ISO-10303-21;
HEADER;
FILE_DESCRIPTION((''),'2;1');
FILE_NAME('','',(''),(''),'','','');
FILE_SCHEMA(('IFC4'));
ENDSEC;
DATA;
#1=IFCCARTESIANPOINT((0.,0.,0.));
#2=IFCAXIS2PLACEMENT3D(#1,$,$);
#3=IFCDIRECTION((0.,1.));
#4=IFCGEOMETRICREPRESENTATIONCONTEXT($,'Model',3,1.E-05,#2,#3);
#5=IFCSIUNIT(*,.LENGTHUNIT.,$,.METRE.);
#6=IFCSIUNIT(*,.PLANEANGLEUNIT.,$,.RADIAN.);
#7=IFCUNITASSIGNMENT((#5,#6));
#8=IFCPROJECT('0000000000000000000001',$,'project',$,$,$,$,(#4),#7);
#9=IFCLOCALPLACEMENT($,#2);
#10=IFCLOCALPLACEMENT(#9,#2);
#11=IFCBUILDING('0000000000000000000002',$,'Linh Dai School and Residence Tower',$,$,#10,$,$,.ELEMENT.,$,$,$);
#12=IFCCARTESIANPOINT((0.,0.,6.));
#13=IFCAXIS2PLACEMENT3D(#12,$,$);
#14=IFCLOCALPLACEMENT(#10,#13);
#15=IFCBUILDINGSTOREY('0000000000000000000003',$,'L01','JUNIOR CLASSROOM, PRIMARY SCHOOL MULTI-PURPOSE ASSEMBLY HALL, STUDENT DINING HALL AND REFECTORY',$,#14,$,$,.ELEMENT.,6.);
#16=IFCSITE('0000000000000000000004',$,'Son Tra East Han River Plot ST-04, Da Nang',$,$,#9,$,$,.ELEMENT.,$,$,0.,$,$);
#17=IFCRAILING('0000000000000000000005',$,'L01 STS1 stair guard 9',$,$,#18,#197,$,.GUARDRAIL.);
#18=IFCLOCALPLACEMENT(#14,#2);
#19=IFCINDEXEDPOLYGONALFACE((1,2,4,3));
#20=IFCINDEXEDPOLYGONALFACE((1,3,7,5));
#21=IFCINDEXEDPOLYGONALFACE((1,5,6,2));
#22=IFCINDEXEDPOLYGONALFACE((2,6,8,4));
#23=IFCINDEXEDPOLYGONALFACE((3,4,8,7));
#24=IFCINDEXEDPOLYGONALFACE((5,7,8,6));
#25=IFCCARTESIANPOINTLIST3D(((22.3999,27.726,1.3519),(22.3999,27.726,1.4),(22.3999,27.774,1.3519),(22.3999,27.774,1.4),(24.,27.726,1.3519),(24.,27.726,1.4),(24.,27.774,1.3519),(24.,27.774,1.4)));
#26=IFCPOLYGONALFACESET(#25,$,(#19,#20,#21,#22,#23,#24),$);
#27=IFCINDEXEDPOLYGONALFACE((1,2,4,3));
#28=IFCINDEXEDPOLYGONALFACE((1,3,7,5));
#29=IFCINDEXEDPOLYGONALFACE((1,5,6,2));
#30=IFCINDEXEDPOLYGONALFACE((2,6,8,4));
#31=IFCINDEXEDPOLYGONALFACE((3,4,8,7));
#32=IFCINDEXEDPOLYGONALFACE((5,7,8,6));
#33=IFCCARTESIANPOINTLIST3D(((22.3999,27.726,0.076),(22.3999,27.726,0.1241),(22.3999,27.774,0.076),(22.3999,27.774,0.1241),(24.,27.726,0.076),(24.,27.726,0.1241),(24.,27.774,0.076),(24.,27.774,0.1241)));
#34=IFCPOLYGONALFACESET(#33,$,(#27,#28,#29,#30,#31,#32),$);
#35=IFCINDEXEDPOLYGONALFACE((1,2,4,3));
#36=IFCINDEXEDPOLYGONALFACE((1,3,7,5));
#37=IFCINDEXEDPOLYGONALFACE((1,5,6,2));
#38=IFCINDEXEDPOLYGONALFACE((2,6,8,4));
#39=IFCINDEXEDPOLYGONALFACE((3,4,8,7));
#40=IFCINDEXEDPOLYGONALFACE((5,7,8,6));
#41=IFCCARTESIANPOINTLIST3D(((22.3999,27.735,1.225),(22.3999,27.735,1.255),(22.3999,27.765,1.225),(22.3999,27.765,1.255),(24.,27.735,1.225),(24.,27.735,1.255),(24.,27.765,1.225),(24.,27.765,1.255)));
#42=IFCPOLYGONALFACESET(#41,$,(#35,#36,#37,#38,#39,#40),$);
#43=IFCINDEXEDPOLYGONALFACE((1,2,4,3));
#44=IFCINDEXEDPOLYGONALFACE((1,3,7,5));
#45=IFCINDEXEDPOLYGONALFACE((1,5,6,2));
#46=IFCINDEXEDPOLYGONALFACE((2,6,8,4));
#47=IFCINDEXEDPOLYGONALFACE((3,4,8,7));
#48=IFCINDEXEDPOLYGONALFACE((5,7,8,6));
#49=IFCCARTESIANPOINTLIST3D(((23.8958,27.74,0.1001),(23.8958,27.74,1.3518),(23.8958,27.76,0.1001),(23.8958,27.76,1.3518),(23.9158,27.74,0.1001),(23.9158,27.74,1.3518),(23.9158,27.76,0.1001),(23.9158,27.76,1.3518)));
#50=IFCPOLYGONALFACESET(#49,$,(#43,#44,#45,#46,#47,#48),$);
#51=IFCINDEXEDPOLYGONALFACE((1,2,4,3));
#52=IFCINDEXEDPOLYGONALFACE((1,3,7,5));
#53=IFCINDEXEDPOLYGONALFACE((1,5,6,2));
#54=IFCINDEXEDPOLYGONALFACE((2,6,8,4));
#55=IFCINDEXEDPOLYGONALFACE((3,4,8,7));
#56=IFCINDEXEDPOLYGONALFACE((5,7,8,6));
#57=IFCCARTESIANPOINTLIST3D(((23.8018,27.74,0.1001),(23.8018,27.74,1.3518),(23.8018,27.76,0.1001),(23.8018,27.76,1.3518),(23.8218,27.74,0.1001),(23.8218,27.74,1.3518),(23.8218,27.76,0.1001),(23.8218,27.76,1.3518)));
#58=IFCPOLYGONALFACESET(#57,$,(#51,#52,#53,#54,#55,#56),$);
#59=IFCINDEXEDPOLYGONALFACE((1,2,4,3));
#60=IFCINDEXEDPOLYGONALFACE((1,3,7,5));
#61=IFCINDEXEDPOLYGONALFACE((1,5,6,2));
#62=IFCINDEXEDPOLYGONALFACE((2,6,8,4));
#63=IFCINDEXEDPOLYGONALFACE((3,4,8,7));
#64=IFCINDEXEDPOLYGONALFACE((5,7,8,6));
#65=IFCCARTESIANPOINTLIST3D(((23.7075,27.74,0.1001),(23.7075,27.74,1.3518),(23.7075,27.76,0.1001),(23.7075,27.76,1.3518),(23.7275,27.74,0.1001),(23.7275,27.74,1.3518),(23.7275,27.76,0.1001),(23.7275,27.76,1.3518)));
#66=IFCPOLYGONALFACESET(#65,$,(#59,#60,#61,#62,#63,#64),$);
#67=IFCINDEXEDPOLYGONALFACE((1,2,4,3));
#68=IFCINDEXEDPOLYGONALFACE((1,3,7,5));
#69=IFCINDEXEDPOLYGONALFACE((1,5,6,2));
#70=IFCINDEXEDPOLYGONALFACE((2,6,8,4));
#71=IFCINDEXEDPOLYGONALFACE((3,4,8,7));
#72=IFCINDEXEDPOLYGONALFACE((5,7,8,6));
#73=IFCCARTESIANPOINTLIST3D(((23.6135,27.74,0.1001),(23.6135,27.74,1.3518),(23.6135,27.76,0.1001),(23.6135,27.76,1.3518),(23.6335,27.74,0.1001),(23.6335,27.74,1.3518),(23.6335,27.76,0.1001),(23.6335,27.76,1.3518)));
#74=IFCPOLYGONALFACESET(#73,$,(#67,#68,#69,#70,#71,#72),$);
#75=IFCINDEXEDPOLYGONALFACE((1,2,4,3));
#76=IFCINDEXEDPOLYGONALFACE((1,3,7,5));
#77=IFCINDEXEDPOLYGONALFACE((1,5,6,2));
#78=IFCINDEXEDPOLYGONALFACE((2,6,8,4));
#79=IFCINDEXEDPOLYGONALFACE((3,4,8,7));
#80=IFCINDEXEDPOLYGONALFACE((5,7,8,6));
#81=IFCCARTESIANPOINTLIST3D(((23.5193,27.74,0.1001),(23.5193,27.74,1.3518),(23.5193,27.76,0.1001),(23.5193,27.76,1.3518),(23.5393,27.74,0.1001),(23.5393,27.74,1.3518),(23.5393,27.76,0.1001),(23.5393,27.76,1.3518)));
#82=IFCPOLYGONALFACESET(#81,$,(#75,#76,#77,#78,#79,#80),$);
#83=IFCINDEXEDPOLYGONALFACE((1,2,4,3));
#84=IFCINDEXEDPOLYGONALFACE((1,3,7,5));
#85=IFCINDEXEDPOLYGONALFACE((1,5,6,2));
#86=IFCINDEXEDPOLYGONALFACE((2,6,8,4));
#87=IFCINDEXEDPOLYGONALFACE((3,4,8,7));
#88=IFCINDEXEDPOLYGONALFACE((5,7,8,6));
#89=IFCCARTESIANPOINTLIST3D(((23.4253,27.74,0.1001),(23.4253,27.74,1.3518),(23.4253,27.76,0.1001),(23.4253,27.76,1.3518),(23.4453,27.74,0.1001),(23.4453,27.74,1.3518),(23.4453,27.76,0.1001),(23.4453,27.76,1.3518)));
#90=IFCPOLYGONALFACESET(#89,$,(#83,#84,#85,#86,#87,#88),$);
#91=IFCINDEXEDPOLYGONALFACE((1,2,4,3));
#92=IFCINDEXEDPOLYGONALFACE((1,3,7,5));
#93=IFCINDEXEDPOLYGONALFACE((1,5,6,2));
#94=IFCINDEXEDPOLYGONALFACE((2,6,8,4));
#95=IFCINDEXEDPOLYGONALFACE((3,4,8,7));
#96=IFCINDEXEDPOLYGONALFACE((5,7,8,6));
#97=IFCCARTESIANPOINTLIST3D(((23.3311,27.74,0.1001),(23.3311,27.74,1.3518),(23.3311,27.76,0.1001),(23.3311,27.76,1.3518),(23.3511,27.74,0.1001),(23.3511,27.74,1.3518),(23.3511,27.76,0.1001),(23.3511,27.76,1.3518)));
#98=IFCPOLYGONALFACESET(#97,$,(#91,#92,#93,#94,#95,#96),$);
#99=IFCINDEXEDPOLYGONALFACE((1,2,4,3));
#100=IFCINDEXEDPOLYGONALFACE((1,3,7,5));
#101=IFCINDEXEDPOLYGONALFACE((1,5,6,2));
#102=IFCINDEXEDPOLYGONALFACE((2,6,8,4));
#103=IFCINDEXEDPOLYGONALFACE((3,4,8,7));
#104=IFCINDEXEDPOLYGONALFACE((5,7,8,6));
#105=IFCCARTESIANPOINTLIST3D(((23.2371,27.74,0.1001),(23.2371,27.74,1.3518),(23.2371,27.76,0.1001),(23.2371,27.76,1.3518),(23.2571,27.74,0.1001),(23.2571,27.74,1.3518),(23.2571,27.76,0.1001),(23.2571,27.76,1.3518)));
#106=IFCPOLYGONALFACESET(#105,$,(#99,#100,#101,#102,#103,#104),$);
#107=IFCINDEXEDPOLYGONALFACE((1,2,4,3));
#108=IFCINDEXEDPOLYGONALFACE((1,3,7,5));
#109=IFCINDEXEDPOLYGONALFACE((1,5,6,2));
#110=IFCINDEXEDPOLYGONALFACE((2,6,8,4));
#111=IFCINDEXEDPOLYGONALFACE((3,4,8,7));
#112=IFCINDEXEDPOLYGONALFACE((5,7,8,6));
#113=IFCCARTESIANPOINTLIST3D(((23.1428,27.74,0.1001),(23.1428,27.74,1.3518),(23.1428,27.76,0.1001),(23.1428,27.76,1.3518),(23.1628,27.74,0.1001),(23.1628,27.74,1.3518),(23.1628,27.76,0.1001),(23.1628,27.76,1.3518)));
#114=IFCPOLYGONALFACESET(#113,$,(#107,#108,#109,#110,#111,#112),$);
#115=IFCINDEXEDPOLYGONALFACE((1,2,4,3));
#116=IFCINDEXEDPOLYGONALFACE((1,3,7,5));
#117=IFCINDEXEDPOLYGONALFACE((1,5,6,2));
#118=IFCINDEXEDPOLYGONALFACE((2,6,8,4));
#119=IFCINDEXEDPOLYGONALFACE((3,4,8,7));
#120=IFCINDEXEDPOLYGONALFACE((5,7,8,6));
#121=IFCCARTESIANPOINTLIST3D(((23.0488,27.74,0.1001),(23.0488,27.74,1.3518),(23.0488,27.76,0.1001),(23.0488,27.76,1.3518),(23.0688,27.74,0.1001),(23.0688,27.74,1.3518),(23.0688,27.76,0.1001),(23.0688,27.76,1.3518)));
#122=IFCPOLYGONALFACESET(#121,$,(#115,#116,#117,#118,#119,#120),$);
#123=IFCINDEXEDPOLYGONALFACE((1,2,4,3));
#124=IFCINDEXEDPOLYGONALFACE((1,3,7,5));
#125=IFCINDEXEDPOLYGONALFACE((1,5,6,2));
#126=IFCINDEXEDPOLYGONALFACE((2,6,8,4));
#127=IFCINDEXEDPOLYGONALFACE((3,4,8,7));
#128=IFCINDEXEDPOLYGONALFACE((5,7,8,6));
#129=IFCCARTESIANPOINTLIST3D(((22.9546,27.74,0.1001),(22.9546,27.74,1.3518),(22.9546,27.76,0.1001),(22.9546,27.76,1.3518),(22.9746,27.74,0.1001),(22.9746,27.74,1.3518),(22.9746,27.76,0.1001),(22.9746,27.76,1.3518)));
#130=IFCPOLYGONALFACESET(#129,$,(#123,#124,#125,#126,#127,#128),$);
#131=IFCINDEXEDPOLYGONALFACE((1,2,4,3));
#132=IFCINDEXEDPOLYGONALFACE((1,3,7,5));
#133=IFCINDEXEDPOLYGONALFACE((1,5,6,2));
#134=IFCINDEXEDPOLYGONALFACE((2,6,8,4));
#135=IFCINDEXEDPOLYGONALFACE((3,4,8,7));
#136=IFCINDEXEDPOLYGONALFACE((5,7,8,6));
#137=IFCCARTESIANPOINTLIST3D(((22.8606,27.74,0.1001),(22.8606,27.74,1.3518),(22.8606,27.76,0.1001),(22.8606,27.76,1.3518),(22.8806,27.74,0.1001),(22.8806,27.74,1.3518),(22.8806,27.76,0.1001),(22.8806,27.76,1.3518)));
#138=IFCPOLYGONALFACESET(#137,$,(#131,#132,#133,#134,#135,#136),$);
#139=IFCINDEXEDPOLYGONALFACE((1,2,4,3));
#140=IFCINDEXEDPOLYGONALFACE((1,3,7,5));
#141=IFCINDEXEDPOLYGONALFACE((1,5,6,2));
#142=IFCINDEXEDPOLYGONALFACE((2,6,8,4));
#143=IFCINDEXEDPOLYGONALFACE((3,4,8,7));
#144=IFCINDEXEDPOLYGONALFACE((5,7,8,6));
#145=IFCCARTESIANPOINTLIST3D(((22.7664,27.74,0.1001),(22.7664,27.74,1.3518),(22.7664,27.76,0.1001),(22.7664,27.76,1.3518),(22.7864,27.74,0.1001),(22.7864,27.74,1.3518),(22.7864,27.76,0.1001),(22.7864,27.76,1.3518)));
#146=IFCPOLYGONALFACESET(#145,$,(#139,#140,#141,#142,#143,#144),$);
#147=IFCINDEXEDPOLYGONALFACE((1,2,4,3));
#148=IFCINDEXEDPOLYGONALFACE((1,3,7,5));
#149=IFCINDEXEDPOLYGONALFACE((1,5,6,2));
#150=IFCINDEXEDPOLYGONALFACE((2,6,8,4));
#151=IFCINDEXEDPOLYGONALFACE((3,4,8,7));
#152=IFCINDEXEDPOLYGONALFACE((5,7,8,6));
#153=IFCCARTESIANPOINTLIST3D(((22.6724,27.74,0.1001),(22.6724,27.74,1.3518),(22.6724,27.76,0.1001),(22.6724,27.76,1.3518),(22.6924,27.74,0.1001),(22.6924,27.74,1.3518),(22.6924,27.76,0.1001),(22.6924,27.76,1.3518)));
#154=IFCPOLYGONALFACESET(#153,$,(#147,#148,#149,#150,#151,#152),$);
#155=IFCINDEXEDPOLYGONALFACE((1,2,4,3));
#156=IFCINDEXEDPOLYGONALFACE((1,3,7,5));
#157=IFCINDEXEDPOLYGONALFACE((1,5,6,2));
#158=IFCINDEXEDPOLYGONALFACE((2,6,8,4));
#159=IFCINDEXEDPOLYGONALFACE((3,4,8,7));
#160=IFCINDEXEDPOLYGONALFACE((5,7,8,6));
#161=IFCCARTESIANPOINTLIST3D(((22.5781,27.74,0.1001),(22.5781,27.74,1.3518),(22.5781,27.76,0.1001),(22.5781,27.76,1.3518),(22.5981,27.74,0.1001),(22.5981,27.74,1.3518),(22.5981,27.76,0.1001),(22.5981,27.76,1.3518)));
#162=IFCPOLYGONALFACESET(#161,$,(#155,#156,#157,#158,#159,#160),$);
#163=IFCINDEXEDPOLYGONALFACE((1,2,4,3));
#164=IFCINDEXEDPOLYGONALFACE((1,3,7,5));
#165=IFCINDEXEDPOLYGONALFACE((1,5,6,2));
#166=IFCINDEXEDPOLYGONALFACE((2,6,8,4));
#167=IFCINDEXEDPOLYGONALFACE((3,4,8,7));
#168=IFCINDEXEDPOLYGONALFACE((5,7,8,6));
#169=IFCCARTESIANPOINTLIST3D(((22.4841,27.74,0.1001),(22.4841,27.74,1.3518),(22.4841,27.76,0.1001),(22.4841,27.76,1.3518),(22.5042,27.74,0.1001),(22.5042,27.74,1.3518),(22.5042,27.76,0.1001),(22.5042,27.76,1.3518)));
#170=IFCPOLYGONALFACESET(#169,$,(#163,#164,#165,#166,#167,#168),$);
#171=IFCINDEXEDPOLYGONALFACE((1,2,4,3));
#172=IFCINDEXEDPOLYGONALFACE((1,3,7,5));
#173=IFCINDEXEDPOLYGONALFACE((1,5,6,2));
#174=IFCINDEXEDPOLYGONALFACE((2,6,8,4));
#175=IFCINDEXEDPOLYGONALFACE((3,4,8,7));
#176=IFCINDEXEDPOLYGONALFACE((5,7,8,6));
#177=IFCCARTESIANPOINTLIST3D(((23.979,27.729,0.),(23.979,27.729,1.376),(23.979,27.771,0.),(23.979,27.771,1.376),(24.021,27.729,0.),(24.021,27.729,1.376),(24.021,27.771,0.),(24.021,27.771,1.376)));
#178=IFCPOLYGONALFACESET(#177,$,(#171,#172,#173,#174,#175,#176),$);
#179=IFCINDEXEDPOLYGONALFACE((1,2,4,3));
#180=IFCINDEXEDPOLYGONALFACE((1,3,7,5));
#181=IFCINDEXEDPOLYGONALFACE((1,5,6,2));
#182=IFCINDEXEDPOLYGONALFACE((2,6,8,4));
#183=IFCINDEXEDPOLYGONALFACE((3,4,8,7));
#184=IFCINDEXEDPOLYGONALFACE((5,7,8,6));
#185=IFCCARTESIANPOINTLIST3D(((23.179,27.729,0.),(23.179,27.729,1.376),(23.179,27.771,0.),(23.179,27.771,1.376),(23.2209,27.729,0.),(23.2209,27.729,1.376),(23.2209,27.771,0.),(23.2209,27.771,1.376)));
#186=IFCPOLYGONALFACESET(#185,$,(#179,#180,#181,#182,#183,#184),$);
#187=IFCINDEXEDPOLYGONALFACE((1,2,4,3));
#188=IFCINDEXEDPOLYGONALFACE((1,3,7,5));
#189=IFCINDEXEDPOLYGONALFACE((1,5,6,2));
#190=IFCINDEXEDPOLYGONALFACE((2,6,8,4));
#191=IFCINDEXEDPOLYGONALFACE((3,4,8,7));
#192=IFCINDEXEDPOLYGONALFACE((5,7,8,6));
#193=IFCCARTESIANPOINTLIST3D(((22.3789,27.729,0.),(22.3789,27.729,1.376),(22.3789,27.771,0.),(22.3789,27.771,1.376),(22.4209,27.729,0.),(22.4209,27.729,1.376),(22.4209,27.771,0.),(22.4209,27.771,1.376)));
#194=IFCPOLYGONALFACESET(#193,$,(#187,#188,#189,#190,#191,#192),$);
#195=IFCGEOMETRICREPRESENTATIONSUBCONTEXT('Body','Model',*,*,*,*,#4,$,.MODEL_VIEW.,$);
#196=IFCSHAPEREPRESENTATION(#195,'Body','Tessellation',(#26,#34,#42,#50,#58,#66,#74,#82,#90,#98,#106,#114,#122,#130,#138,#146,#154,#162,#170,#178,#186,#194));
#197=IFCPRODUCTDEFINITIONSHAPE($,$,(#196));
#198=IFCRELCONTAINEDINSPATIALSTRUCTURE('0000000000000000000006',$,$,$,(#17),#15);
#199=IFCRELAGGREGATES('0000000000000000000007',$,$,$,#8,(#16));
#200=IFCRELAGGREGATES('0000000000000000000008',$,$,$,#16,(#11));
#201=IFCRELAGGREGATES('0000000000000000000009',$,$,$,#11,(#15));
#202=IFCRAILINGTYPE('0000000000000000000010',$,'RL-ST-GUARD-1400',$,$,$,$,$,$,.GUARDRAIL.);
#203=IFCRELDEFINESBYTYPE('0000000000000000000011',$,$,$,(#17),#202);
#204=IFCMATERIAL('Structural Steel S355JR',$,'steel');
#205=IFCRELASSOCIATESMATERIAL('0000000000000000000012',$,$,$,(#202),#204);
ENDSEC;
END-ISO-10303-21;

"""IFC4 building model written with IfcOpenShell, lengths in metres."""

from ifc_helpers import new_model, si_unit, direction, frame, origin, origin_2d, place, context, subcontext, project, spatial, rectangle, extrude, source, transform, mapped, material, type_object, element, save


model = new_model("IFC4")

# Units and contexts
model_context = context("Model", 3, precision=1e-05, world=origin(), true_north=direction((0.0, 1.0)))
body_context = subcontext(model_context, "Body", "Model", "MODEL_VIEW")
ifc_project = project(units=[si_unit("LENGTHUNIT", "METRE"), si_unit("PLANEANGLEUNIT", "RADIAN")], contexts=[model_context])

# Site, building, storey
site_placement = place(None, origin())
site = spatial("IfcSite", under=ifc_project, at=site_placement, Name="Son Tra East Han River Plot ST-04, Da Nang", CompositionType="ELEMENT", RefElevation=0.0)
building_placement = place(site_placement, origin())
building = spatial("IfcBuilding", under=site, at=building_placement, Name="Linh Dai School and Residence Tower", CompositionType="ELEMENT")
storey_placement = place(building_placement, frame((0.0, 0.0, 6.0)))
storey = spatial("IfcBuildingStorey", under=building, at=storey_placement, Name="L01", Description="JUNIOR CLASSROOM, PRIMARY SCHOOL MULTI-PURPOSE ASSEMBLY HALL, STUDENT DINING HALL AND REFECTORY", CompositionType="ELEMENT", Elevation=6.0)

# Shared definitions
ifc_material_1 = material(Name="Structural Steel S355JR", Category="steel")

# Railing
railing_type_1 = type_object("IfcRailingType", Name="RL-ST-GUARD-1400", PredefinedType="GUARDRAIL", material=ifc_material_1)
shared_shape_1 = source(origin(), body_context, "Body", "SweptSolid", [
    extrude(rectangle(XDim=0.0481, YDim=0.0481, at=origin_2d()), frame((0.0, 0.0, 1.376), z_axis=(-1.0, 0.0, 0.0), x_axis=(0.0, -1.0, 0.0)), (0.0, 0.0, 1.0), 1.6001),
    extrude(rectangle(XDim=0.0481, YDim=0.0481, at=origin_2d()), frame((0.0, 0.0, 0.1001), z_axis=(-1.0, 0.0, 0.0), x_axis=(0.0, -1.0, 0.0)), (0.0, 0.0, 1.0), 1.6001),
    extrude(rectangle(XDim=0.03, YDim=0.03, at=origin_2d()), frame((0.0, 0.0, 1.24), z_axis=(-1.0, 0.0, 0.0), x_axis=(0.0, -1.0, 0.0)), (0.0, 0.0, 1.0), 1.6001),
    extrude(rectangle(XDim=0.02, YDim=0.02, at=origin_2d()), frame((-0.0942, 0.0, 0.1001)), (0.0, 0.0, 1.0), 1.2517),
    extrude(rectangle(XDim=0.02, YDim=0.02, at=origin_2d()), frame((-0.1882, 0.0, 0.1001)), (0.0, 0.0, 1.0), 1.2517),
    extrude(rectangle(XDim=0.02, YDim=0.02, at=origin_2d()), frame((-0.2825, 0.0, 0.1001)), (0.0, 0.0, 1.0), 1.2517),
    extrude(rectangle(XDim=0.02, YDim=0.02, at=origin_2d()), frame((-0.3765, 0.0, 0.1001)), (0.0, 0.0, 1.0), 1.2517),
    extrude(rectangle(XDim=0.02, YDim=0.02, at=origin_2d()), frame((-0.4707, 0.0, 0.1001)), (0.0, 0.0, 1.0), 1.2517),
    extrude(rectangle(XDim=0.02, YDim=0.02, at=origin_2d()), frame((-0.5647, 0.0, 0.1001)), (0.0, 0.0, 1.0), 1.2517),
    extrude(rectangle(XDim=0.02, YDim=0.02, at=origin_2d()), frame((-0.6589, 0.0, 0.1001)), (0.0, 0.0, 1.0), 1.2517),
    extrude(rectangle(XDim=0.02, YDim=0.02, at=origin_2d()), frame((-0.7529, 0.0, 0.1001)), (0.0, 0.0, 1.0), 1.2517),
    extrude(rectangle(XDim=0.02, YDim=0.02, at=origin_2d()), frame((-0.8472, 0.0, 0.1001)), (0.0, 0.0, 1.0), 1.2517),
    extrude(rectangle(XDim=0.02, YDim=0.02, at=origin_2d()), frame((-0.9412, 0.0, 0.1001)), (0.0, 0.0, 1.0), 1.2517),
    extrude(rectangle(XDim=0.02, YDim=0.02, at=origin_2d()), frame((-1.0354, 0.0, 0.1001)), (0.0, 0.0, 1.0), 1.2517),
    extrude(rectangle(XDim=0.02, YDim=0.02, at=origin_2d()), frame((-1.1294, 0.0, 0.1001)), (0.0, 0.0, 1.0), 1.2517),
    extrude(rectangle(XDim=0.02, YDim=0.02, at=origin_2d()), frame((-1.2236, 0.0, 0.1001)), (0.0, 0.0, 1.0), 1.2517),
    extrude(rectangle(XDim=0.02, YDim=0.02, at=origin_2d()), frame((-1.3176, 0.0, 0.1001)), (0.0, 0.0, 1.0), 1.2517),
    extrude(rectangle(XDim=0.02, YDim=0.02, at=origin_2d()), frame((-1.4119, 0.0, 0.1001)), (0.0, 0.0, 1.0), 1.2517),
    extrude(rectangle(XDim=0.02, YDim=0.02, at=origin_2d()), frame((-1.5059, 0.0, 0.1001)), (0.0, 0.0, 1.0), 1.2517),
    extrude(rectangle(XDim=0.042, YDim=0.042, at=origin_2d()), origin(), (0.0, 0.0, 1.0), 1.376),
    extrude(rectangle(XDim=0.042, YDim=0.042, at=origin_2d()), frame((-0.8, 0.0, 0.0)), (0.0, 0.0, 1.0), 1.376),
    extrude(rectangle(XDim=0.042, YDim=0.042, at=origin_2d()), frame((-1.6001, 0.0, 0.0)), (0.0, 0.0, 1.0), 1.376),
])
for number, where, name in (
    (1, (24.0, 27.75, 0.0), "L01 STS1 stair guard 9"),
):
    element("IfcRailing", number, at=place(storey_placement, frame(where)), inside=storey, type_object=railing_type_1, Name=name, PredefinedType="GUARDRAIL", context=body_context, shape_type="MappedRepresentation", body=[
        mapped(shared_shape_1, transform((0.0, 0.0, 0.0), x_axis=(1.0, 0.0, 0.0), y_axis=(0.0, 1.0, 0.0), z_axis=(0.0, 0.0, 1.0), scale=1.0)),
    ])

save(model, "model.ifc")
